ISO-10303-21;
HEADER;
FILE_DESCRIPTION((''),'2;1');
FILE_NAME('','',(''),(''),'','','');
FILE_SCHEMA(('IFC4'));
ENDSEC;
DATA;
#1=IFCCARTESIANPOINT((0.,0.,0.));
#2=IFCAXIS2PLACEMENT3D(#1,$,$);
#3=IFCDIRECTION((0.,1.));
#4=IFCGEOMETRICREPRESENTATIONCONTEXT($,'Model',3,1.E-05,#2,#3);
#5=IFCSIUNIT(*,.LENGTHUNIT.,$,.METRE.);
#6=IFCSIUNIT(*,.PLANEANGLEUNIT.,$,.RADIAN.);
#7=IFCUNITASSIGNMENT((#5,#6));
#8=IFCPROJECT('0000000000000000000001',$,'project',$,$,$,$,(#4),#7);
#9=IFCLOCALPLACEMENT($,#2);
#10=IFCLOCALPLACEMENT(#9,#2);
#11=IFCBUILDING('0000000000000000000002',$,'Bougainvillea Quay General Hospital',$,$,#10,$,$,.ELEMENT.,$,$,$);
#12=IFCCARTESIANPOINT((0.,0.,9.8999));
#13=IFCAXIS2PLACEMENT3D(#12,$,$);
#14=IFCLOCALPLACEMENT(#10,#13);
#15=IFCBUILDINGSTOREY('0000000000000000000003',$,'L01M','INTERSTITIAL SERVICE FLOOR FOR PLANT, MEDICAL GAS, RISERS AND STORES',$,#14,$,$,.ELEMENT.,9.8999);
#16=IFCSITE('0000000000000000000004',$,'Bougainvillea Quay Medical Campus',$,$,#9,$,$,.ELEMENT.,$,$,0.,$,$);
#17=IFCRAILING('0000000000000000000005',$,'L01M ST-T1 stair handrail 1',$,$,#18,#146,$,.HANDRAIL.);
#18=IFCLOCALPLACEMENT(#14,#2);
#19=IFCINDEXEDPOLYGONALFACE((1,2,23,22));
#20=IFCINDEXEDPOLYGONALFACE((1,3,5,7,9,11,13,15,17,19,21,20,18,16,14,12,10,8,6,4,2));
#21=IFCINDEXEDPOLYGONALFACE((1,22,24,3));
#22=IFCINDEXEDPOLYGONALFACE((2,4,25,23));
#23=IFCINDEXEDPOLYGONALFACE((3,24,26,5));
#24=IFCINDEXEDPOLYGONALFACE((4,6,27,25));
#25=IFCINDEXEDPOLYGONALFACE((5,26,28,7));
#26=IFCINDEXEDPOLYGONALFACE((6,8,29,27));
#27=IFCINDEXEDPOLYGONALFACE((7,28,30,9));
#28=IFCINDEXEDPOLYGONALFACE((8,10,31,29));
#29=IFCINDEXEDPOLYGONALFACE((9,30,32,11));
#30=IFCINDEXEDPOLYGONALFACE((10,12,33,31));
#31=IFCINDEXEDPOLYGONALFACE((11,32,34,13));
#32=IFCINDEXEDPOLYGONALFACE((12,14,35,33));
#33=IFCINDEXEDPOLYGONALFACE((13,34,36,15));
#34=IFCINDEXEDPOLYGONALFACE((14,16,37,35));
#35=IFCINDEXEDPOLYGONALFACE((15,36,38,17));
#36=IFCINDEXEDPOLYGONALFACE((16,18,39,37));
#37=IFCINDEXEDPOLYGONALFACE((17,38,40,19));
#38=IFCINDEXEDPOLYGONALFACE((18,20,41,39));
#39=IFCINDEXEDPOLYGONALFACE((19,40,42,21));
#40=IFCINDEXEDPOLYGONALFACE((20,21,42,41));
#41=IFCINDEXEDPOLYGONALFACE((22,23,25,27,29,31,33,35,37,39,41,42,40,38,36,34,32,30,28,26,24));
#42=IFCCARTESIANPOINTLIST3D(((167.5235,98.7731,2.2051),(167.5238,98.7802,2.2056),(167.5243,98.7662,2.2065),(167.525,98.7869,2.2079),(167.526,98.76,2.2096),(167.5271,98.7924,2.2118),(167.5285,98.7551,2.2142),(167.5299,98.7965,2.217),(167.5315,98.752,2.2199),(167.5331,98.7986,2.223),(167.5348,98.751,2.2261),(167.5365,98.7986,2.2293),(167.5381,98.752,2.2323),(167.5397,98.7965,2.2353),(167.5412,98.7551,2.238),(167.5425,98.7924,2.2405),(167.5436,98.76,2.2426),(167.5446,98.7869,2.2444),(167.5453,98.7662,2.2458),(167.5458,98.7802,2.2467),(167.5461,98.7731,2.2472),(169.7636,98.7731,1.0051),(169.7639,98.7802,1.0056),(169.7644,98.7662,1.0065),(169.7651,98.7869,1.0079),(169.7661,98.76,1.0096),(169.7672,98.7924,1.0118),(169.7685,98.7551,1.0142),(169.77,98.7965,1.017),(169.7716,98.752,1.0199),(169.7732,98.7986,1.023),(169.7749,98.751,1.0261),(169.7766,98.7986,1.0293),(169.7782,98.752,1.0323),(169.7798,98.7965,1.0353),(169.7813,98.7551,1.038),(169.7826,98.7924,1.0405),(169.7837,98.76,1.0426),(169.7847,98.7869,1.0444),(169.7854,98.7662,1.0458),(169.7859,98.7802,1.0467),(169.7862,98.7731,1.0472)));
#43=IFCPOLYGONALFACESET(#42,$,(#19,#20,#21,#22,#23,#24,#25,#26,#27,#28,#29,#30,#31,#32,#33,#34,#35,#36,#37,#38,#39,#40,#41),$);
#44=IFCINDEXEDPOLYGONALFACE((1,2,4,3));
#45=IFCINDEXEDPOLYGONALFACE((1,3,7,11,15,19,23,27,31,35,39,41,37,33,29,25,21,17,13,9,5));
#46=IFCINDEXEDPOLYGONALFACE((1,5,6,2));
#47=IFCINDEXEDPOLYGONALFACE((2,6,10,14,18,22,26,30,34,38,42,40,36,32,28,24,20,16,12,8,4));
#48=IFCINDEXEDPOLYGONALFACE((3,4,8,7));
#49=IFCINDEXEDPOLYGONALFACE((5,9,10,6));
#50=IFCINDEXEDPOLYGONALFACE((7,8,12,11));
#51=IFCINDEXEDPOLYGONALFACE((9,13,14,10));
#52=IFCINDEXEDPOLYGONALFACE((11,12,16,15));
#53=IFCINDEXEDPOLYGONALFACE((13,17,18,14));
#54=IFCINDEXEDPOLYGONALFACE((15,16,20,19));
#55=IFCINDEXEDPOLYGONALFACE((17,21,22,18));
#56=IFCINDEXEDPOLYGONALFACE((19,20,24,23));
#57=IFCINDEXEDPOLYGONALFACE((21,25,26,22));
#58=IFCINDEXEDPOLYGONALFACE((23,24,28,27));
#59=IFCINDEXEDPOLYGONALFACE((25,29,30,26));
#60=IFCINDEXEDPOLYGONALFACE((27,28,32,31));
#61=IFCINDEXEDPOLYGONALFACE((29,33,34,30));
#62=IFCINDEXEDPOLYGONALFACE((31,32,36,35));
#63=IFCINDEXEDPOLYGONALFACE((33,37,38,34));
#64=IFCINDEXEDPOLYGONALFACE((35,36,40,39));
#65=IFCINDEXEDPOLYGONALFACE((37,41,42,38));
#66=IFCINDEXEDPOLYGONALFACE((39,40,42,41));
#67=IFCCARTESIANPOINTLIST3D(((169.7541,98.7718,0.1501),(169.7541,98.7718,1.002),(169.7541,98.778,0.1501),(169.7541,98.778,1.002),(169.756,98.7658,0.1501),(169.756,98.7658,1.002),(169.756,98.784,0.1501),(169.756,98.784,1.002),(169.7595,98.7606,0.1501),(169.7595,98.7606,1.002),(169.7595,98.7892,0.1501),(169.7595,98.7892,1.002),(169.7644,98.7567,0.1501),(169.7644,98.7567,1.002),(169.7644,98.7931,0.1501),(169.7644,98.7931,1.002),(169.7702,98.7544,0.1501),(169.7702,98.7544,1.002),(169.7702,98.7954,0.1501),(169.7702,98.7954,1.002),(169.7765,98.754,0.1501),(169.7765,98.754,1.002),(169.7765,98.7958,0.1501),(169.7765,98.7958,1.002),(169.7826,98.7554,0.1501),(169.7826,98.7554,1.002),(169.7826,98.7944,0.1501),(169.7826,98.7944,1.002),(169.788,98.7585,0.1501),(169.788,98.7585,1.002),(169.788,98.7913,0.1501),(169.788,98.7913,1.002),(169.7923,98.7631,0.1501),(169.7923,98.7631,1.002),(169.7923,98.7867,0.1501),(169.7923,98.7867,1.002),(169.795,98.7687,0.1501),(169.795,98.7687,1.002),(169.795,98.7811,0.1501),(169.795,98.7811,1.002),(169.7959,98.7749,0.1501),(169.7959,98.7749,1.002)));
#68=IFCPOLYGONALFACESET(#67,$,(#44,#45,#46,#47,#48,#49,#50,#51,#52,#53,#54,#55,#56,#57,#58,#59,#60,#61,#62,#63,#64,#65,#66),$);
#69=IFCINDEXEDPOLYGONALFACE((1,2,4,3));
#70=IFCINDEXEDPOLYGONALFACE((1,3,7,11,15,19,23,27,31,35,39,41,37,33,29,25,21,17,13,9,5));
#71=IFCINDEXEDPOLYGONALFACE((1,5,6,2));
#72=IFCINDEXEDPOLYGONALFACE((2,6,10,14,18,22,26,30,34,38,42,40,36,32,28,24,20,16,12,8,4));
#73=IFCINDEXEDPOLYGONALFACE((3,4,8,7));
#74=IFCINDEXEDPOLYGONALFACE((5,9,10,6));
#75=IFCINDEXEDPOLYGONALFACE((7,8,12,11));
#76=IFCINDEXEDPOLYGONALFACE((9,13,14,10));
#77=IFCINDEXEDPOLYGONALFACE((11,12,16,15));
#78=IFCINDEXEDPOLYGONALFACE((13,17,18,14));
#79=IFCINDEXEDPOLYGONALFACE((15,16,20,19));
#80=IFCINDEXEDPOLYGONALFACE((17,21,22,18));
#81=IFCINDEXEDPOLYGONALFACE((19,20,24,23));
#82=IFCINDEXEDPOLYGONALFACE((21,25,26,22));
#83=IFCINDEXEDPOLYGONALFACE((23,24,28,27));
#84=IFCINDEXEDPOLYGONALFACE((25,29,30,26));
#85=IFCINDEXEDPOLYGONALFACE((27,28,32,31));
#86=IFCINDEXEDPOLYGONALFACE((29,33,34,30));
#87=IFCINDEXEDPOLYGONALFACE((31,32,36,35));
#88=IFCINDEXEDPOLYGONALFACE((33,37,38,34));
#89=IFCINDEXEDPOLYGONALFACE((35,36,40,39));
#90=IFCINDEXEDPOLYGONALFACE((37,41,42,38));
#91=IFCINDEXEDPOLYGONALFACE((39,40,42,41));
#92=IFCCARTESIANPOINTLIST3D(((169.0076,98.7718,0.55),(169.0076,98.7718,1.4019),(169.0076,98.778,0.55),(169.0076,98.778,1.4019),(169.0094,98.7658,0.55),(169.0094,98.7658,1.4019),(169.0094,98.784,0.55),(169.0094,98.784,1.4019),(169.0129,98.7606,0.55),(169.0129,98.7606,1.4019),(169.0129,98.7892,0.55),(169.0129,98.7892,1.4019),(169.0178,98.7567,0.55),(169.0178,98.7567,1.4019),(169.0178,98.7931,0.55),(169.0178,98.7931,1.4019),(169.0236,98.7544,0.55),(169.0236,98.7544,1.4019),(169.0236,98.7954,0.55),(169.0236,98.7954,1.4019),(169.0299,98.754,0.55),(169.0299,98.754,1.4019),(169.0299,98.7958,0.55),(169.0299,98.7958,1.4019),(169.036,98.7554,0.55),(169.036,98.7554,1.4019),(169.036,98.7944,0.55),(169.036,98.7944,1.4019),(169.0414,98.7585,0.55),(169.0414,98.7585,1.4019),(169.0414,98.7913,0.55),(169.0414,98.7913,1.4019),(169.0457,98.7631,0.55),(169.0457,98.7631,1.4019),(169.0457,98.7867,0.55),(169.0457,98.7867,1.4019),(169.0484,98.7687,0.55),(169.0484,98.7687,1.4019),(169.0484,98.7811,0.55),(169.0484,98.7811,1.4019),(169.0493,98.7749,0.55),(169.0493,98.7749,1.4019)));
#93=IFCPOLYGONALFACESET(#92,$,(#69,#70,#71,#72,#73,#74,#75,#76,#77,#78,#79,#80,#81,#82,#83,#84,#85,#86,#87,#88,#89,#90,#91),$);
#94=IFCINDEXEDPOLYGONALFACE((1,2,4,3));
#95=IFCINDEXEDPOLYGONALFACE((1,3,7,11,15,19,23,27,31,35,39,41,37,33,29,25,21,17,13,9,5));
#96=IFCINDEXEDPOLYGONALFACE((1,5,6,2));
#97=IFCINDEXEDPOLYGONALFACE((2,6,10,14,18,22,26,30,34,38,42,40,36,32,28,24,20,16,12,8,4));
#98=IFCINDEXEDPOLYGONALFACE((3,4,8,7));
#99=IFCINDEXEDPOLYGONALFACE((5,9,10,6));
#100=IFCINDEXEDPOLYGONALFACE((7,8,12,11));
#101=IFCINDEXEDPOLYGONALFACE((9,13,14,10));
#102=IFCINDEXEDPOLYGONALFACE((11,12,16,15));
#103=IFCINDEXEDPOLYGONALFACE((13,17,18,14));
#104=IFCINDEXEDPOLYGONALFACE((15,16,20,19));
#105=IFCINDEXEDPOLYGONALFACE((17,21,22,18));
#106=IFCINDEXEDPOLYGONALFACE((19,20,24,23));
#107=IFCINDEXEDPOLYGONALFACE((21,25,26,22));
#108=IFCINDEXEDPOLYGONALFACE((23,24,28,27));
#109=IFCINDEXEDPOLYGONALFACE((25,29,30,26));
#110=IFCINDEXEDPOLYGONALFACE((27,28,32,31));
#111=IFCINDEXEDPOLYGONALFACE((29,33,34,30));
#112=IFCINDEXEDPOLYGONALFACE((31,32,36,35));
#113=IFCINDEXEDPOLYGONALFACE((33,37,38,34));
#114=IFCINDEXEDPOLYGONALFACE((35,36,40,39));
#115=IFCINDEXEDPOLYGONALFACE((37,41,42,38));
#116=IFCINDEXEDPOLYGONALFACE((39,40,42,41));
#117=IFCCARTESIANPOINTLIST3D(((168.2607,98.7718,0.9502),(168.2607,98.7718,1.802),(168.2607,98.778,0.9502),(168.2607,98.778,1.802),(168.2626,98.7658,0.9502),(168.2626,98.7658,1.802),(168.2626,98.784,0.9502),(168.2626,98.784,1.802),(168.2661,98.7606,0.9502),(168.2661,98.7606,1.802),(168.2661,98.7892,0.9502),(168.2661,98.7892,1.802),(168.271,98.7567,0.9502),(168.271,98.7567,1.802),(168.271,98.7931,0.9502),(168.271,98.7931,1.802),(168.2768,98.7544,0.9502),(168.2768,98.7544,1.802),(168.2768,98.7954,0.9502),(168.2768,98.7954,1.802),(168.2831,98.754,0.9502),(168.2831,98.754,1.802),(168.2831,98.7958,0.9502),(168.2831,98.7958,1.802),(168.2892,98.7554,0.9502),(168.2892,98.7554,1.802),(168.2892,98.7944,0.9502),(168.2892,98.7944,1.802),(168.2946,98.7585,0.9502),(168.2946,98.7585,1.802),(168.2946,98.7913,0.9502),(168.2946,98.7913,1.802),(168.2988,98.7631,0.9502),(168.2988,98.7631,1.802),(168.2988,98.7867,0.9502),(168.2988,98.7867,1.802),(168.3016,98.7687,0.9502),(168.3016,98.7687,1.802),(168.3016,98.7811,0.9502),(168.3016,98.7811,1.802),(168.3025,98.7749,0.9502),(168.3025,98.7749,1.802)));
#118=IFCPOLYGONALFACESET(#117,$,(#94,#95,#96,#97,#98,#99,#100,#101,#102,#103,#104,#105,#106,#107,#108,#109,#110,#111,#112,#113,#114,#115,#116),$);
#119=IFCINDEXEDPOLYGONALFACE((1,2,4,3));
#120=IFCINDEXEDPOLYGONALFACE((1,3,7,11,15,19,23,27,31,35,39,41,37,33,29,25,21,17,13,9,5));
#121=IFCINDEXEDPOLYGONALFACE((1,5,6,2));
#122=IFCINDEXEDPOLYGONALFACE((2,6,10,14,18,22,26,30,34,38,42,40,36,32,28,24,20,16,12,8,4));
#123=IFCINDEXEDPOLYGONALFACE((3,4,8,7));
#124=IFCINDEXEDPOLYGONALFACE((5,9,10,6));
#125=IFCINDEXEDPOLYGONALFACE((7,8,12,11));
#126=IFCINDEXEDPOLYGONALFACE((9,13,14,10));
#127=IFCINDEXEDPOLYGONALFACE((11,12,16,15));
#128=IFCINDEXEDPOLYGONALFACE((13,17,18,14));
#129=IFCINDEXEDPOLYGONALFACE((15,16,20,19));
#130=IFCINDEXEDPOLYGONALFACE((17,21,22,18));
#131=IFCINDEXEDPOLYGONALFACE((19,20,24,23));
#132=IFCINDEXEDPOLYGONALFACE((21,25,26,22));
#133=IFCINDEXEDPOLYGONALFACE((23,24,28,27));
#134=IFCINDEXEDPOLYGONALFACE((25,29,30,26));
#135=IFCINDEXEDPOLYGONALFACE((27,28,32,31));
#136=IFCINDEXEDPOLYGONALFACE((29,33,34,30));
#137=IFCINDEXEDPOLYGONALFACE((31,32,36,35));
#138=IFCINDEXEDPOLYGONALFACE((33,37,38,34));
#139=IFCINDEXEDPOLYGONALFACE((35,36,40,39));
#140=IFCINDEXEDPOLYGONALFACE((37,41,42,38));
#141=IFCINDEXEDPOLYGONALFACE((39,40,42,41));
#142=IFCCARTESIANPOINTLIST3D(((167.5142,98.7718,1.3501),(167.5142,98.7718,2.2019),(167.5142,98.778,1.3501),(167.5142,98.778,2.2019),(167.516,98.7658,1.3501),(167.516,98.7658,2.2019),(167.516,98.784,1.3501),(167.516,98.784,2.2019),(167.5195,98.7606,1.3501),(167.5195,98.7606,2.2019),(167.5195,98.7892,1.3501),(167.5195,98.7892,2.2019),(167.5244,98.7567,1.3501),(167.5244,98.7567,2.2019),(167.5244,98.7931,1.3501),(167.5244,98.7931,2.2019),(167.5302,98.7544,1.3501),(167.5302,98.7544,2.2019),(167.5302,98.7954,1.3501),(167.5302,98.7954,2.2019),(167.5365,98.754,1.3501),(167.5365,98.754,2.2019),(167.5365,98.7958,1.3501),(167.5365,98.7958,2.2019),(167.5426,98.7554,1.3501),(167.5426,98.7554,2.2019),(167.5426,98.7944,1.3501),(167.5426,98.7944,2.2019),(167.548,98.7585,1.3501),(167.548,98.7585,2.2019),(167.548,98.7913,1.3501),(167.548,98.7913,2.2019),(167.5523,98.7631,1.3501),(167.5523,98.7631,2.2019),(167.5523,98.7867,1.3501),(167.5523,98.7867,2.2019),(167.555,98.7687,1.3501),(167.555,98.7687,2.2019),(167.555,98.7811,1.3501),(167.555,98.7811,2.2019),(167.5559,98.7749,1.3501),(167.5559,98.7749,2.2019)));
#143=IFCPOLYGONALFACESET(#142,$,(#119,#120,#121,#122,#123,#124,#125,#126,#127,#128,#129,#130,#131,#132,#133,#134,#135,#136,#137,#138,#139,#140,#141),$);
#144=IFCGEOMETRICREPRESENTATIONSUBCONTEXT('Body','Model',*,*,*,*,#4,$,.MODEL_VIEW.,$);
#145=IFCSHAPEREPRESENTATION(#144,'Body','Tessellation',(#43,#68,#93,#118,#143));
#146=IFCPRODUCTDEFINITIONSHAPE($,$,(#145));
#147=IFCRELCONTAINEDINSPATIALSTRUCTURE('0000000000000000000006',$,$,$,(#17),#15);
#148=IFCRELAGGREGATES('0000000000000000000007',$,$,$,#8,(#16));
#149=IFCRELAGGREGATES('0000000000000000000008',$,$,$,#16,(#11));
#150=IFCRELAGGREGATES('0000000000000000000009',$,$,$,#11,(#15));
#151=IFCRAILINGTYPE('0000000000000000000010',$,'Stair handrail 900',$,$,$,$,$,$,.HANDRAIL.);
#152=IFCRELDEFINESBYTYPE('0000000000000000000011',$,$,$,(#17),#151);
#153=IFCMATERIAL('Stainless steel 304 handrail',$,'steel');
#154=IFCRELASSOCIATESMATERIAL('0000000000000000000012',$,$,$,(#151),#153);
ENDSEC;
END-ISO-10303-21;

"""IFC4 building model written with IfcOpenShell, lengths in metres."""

from ifc_helpers import new_model, si_unit, direction, frame, origin, origin_2d, place, context, subcontext, project, spatial, circle, extrude, material, type_object, element, save


model = new_model("IFC4")

# Units and contexts
model_context = context("Model", 3, precision=1e-05, world=origin(), true_north=direction((0.0, 1.0)))
body_context = subcontext(model_context, "Body", "Model", "MODEL_VIEW")
ifc_project = project(units=[si_unit("LENGTHUNIT", "METRE"), si_unit("PLANEANGLEUNIT", "RADIAN")], contexts=[model_context])

# Site, building, storey
site_placement = place(None, origin())
site = spatial("IfcSite", under=ifc_project, at=site_placement, Name="Bougainvillea Quay Medical Campus", CompositionType="ELEMENT", RefElevation=0.0)
building_placement = place(site_placement, origin())
building = spatial("IfcBuilding", under=site, at=building_placement, Name="Bougainvillea Quay General Hospital", CompositionType="ELEMENT")
storey_placement = place(building_placement, frame((0.0, 0.0, 9.8999)))
storey = spatial("IfcBuildingStorey", under=building, at=storey_placement, Name="L01M", Description="INTERSTITIAL SERVICE FLOOR FOR PLANT, MEDICAL GAS, RISERS AND STORES", CompositionType="ELEMENT", Elevation=9.8999)

# Railing
ifc_material_1 = material(Name="Stainless steel 304 handrail", Category="steel")
railing_type_1 = type_object("IfcRailingType", Name="Stair handrail 900", PredefinedType="HANDRAIL", material=ifc_material_1)
railing_1_placement = place(storey_placement, frame((169.7749, 98.7749, 0.1501)))
element("IfcRailing", 1, at=railing_1_placement, inside=storey, type_object=railing_type_1, Name="L01M ST-T1 stair handrail 1", PredefinedType="HANDRAIL", context=body_context, shape_type="SweptSolid", body=[
    extrude(circle(Radius=0.0239, at=origin_2d()), frame((0.0, 0.0, 0.876), z_axis=(-0.881487, 0.0, 0.472208), x_axis=(0.0, -1.0, 0.0)), (0.0, 0.0, 1.0), 2.5413),
    extrude(circle(Radius=0.021, at=origin_2d()), origin(), (0.0, 0.0, 1.0), 0.8518),
    extrude(circle(Radius=0.021, at=origin_2d()), frame((-0.7466, 0.0, 0.3999)), (0.0, 0.0, 1.0), 0.8518),
    extrude(circle(Radius=0.021, at=origin_2d()), frame((-1.4934, 0.0, 0.8)), (0.0, 0.0, 1.0), 0.8518),
    extrude(circle(Radius=0.021, at=origin_2d()), frame((-2.24, 0.0, 1.2)), (0.0, 0.0, 1.0), 0.8518),
])

save(model, "model.ifc")
